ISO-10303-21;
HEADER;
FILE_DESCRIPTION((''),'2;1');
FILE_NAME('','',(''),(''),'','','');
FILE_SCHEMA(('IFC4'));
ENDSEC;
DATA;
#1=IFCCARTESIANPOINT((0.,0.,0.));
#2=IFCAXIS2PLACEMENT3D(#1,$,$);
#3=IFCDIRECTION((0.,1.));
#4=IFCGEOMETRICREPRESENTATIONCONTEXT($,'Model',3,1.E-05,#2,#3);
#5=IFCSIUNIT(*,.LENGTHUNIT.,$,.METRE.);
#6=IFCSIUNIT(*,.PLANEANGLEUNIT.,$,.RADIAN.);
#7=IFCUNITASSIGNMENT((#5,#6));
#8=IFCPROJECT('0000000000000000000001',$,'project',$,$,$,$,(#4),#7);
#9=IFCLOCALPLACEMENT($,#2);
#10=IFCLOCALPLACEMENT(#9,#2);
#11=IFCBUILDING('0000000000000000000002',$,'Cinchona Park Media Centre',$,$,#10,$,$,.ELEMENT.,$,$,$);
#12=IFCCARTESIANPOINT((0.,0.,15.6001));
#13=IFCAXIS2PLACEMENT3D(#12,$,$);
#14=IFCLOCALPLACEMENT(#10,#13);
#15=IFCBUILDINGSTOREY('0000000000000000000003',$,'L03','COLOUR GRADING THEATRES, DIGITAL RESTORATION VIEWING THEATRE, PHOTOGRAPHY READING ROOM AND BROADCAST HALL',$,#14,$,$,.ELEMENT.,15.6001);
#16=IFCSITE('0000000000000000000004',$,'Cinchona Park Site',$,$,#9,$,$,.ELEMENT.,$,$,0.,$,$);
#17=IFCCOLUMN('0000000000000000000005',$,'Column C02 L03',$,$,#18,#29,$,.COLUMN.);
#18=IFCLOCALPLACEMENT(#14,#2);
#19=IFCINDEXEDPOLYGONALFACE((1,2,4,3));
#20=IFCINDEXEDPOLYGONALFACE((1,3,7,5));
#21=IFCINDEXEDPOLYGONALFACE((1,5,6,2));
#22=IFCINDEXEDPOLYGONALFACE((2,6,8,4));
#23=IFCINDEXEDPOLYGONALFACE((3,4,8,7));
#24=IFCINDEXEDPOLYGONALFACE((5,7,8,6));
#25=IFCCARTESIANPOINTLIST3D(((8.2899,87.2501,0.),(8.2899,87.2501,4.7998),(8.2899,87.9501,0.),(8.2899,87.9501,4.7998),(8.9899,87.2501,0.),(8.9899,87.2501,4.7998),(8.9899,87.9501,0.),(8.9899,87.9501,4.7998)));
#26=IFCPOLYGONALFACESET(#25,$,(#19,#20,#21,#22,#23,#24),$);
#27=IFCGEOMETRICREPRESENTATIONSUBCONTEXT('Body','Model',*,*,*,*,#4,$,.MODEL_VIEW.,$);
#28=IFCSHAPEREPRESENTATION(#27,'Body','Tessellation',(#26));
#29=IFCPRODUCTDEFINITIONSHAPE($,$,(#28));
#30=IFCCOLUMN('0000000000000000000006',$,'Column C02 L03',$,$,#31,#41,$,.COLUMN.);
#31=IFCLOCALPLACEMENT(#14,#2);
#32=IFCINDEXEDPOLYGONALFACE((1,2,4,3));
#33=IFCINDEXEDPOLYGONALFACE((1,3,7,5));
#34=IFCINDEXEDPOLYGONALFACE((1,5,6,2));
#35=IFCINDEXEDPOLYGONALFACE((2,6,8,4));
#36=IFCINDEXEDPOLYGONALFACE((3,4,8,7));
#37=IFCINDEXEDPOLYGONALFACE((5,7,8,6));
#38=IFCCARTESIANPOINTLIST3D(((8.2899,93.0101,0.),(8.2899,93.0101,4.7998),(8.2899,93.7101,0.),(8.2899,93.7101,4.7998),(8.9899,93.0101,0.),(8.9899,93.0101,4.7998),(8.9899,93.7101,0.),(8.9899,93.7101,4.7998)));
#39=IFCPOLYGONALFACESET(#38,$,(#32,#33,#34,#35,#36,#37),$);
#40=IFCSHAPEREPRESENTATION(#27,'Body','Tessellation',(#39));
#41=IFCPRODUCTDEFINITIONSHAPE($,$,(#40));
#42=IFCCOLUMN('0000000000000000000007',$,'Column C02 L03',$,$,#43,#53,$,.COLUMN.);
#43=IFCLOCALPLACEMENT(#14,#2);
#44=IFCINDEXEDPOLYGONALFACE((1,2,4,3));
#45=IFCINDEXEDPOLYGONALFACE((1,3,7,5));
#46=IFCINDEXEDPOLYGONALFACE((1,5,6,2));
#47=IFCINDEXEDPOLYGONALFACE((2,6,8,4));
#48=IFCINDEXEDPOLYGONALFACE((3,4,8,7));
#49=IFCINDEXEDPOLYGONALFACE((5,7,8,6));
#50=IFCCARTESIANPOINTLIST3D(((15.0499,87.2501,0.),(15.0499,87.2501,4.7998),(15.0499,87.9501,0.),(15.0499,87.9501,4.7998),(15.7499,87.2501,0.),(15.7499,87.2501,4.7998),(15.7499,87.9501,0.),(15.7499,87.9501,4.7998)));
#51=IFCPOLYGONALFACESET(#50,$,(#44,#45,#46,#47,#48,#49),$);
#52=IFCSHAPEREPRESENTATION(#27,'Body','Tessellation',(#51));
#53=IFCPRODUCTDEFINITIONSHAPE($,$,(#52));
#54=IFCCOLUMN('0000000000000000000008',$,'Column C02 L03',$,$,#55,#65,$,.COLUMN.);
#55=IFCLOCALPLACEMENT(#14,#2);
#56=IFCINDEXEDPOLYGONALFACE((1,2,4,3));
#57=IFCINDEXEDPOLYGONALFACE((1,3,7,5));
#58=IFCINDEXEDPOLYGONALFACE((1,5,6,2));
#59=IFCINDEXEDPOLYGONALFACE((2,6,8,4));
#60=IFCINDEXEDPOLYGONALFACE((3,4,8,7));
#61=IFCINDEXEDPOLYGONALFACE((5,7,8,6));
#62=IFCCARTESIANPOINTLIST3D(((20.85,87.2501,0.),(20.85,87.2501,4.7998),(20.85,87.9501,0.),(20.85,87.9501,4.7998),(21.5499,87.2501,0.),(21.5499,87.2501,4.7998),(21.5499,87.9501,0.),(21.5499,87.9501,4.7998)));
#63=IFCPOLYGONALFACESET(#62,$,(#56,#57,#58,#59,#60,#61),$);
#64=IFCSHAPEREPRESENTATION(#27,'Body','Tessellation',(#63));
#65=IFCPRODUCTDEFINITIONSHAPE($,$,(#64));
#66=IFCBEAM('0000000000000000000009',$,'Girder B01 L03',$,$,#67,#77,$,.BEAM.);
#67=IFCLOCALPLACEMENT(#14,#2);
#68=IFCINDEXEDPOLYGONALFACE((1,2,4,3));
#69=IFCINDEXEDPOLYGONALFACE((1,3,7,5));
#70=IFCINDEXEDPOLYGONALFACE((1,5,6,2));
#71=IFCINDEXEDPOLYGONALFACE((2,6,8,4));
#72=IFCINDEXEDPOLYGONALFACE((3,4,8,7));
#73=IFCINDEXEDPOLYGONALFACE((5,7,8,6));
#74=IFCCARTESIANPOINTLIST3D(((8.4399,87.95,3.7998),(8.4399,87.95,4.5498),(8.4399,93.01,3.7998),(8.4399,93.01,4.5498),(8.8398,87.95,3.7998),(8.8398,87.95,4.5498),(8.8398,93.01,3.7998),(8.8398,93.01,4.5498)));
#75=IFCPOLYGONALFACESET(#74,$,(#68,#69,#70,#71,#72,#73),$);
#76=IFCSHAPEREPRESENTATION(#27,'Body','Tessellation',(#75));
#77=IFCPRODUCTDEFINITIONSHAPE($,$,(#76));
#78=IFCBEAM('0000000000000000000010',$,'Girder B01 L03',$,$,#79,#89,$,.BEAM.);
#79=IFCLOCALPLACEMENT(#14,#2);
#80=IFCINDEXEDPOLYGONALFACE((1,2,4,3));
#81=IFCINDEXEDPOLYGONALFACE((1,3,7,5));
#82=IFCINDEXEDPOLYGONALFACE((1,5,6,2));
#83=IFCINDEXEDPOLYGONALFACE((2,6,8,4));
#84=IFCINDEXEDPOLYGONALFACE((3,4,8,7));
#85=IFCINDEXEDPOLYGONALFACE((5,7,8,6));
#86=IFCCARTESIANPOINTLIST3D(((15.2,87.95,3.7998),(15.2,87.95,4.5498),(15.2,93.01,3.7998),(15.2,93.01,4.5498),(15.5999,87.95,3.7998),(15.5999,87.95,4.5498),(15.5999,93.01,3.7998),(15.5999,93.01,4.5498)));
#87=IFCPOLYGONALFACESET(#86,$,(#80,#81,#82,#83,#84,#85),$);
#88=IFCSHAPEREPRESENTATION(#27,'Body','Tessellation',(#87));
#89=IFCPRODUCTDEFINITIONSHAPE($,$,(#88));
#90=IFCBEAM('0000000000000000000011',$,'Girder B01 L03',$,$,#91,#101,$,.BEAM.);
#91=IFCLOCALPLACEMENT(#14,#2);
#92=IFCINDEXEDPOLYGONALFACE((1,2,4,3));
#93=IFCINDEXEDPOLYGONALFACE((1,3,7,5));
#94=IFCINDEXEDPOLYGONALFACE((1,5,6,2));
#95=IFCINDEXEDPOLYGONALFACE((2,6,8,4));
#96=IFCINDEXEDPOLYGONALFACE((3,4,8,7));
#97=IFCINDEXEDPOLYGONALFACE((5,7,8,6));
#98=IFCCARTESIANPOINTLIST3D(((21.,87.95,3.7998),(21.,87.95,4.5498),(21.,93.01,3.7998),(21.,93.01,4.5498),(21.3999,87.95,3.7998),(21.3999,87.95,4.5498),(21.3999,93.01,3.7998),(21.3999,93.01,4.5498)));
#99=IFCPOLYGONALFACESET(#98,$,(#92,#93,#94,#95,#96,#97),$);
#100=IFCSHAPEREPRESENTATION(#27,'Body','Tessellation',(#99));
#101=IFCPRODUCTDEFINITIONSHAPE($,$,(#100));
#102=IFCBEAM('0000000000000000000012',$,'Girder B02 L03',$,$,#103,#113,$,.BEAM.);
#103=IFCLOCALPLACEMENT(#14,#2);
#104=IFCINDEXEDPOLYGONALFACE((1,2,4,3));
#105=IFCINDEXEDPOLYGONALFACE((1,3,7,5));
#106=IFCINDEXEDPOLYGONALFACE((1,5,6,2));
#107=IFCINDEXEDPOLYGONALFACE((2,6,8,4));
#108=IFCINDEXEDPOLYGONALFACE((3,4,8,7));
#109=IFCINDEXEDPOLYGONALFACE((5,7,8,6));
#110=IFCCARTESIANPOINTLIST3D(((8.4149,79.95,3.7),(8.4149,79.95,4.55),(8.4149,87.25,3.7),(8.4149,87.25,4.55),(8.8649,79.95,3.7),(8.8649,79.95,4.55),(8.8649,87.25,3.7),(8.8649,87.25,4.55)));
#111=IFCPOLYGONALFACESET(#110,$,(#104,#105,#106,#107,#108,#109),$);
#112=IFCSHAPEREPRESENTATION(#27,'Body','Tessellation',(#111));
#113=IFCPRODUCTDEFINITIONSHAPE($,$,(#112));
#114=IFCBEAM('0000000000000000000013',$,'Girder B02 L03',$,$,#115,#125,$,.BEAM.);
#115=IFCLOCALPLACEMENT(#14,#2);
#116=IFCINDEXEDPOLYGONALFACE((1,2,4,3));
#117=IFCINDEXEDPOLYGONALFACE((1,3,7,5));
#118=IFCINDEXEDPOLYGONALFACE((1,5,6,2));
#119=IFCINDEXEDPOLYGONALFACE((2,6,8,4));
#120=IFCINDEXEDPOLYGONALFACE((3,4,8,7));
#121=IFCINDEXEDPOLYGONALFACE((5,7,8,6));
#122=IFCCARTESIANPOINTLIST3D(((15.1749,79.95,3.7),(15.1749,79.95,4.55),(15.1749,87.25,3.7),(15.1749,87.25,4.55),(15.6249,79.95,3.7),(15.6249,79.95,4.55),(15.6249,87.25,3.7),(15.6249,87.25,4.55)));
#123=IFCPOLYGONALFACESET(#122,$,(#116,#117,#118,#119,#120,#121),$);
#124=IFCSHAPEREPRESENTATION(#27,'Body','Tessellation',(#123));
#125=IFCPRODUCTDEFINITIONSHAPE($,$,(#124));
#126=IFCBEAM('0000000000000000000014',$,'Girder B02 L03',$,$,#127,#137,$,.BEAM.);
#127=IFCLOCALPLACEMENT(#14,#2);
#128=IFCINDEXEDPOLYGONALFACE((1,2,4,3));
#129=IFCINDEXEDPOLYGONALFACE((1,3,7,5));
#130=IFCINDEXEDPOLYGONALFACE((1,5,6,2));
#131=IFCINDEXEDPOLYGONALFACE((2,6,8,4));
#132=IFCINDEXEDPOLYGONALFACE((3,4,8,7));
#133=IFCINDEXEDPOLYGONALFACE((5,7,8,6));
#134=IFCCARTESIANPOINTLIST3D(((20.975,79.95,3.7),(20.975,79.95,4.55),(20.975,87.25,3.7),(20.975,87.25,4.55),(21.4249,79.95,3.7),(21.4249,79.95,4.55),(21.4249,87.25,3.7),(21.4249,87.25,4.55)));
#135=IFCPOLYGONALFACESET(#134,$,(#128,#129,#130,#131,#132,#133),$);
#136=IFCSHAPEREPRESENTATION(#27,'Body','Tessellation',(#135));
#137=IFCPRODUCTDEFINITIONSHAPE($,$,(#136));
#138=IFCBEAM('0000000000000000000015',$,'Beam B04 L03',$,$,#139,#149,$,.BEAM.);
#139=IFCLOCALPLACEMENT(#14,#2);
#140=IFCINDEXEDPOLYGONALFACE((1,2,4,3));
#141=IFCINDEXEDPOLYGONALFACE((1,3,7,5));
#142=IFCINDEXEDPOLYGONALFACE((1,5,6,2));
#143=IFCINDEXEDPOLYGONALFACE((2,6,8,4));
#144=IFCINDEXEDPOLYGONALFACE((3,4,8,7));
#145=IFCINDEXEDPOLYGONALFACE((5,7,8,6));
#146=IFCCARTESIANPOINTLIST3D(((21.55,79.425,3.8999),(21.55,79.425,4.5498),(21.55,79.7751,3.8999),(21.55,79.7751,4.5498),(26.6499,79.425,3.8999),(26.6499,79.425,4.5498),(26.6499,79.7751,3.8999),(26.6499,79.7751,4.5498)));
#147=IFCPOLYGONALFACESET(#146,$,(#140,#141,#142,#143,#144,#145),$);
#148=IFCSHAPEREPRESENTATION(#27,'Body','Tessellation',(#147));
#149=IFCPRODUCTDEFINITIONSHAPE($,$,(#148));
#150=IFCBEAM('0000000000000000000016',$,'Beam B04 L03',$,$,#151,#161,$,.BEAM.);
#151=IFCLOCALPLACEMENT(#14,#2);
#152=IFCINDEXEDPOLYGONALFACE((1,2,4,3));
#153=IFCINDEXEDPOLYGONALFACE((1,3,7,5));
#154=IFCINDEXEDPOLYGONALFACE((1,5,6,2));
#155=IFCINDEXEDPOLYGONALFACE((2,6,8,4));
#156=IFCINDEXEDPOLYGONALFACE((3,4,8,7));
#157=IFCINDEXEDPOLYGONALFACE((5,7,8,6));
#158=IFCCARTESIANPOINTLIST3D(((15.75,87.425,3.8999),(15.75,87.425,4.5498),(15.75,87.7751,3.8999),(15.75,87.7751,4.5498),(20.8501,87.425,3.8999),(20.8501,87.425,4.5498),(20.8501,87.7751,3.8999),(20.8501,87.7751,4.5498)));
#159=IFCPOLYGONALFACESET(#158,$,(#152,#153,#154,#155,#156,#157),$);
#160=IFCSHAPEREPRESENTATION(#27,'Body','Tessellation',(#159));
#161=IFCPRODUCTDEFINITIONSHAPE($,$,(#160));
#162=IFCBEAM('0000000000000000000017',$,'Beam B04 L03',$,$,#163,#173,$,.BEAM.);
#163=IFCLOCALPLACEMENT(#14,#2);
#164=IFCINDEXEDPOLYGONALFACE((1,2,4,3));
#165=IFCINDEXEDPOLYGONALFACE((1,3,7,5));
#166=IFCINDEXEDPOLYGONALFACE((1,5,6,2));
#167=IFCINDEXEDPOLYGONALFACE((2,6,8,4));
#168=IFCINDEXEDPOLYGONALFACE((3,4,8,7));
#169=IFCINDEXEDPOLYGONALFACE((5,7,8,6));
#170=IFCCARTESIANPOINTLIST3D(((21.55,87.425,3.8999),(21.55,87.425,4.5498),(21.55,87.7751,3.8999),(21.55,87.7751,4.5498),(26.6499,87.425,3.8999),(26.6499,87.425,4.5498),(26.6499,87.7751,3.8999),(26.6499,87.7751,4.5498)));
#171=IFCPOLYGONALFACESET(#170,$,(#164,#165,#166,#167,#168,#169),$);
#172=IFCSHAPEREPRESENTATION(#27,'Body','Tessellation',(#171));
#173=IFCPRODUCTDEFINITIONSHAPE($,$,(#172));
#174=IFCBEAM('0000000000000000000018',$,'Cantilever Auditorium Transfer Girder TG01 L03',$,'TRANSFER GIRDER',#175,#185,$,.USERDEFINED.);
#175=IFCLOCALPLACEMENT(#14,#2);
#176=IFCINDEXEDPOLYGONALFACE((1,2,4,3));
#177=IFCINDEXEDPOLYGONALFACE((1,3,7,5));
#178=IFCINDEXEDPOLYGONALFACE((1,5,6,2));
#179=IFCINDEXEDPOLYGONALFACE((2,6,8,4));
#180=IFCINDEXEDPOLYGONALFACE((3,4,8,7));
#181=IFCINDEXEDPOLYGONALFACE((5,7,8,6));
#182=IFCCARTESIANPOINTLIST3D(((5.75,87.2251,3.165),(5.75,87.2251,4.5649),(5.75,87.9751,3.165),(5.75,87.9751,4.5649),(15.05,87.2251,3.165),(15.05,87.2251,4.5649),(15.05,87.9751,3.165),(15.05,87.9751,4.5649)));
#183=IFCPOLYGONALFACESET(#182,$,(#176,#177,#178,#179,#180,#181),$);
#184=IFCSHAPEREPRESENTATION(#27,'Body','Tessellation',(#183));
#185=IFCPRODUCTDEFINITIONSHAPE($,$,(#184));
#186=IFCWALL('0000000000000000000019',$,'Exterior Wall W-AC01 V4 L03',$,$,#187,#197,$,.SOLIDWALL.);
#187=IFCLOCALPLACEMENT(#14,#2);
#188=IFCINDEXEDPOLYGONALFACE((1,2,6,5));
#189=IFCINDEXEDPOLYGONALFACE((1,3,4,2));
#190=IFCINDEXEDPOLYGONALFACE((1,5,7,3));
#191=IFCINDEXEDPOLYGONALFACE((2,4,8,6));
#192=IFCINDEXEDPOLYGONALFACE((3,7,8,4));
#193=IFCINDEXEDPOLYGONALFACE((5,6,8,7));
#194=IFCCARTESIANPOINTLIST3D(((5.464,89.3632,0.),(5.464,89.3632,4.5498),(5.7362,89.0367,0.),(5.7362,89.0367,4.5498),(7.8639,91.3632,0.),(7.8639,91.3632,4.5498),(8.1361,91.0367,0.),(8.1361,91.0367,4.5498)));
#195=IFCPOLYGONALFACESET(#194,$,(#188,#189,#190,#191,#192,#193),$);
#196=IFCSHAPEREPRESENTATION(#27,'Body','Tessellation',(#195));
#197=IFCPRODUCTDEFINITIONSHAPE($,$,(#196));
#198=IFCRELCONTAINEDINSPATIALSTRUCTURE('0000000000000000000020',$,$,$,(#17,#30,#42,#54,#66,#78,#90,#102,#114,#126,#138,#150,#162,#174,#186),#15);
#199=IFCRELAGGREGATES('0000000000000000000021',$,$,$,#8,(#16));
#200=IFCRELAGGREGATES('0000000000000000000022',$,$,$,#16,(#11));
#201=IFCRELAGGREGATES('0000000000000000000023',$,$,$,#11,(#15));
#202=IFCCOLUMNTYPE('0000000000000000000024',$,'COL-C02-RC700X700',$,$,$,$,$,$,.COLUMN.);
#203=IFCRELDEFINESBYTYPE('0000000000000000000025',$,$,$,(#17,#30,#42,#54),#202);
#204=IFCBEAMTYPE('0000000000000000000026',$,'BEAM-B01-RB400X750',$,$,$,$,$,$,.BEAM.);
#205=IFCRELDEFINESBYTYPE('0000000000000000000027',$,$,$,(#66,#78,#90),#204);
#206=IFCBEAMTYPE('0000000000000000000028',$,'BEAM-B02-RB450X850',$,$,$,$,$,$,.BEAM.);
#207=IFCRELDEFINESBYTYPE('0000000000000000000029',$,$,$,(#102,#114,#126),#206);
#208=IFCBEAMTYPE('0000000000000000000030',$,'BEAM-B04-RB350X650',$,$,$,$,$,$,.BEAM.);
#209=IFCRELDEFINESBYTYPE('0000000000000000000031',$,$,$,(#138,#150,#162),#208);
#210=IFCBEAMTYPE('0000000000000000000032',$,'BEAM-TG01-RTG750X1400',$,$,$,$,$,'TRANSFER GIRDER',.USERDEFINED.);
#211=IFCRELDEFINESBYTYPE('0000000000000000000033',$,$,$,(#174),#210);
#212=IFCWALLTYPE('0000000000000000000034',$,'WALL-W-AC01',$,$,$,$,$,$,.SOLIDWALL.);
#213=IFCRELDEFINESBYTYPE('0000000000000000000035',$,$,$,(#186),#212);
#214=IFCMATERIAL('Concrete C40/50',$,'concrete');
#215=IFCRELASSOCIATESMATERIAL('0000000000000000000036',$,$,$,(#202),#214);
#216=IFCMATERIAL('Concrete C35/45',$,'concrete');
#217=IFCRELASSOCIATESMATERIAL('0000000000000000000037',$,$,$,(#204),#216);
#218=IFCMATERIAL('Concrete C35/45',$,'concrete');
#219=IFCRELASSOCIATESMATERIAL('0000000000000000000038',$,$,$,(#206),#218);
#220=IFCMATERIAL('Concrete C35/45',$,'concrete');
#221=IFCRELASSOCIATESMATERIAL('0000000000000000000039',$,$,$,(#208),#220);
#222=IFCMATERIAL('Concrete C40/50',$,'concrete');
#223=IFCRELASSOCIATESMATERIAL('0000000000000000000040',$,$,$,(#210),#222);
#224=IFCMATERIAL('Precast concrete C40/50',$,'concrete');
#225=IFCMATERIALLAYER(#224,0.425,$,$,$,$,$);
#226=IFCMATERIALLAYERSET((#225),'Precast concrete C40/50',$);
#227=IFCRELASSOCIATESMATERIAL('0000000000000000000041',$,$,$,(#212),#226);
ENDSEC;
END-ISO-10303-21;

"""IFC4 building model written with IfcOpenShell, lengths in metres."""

from ifc_helpers import new_model, si_unit, direction, frame, frame_2d, origin, origin_2d, place, context, subcontext, project, spatial, rectangle, extrude, material, layer, layer_set, material_profile, profile_set, type_object, element, save


model = new_model("IFC4")

# Units and contexts
model_context = context("Model", 3, precision=1e-05, world=origin(), true_north=direction((0.0, 1.0)))
body_context = subcontext(model_context, "Body", "Model", "MODEL_VIEW")
ifc_project = project(units=[si_unit("LENGTHUNIT", "METRE"), si_unit("PLANEANGLEUNIT", "RADIAN")], contexts=[model_context])

# Site, building, storey
site_placement = place(None, origin())
site = spatial("IfcSite", under=ifc_project, at=site_placement, Name="Cinchona Park Site", CompositionType="ELEMENT", RefElevation=0.0)
building_placement = place(site_placement, origin())
building = spatial("IfcBuilding", under=site, at=building_placement, Name="Cinchona Park Media Centre", CompositionType="ELEMENT")
storey_placement = place(building_placement, frame((0.0, 0.0, 15.6001)))
storey = spatial("IfcBuildingStorey", under=building, at=storey_placement, Name="L03", Description="COLOUR GRADING THEATRES, DIGITAL RESTORATION VIEWING THEATRE, PHOTOGRAPHY READING ROOM AND BROADCAST HALL", CompositionType="ELEMENT", Elevation=15.6001)

# Columns
ifc_material_1 = material(Name="Concrete C40/50", Category="concrete")
ifc_material_profile_1 = material_profile(ifc_material_1, rectangle(XDim=0.7, YDim=0.7, at=origin_2d()), Name="RC 700X700")
ifc_profile_set_1 = profile_set([ifc_material_profile_1], Name="Concrete C40/50")
column_type = type_object("IfcColumnType", Name="COL-C02-RC700X700", PredefinedType="COLUMN", material=ifc_profile_set_1)
for number, where, z_axis, x_axis, name in (
    (1, (8.6399, 87.6001, 0.0), (0.0, 0.0, 1.0), (1.0, 0.0, 0.0), "Column C02 L03"),
    (2, (8.6399, 93.3601, 0.0), (0.0, 0.0, 1.0), (1.0, 0.0, 0.0), "Column C02 L03"),
    (3, (15.3999, 87.6001, 0.0), (0.0, 0.0, 1.0), (1.0, 0.0, 0.0), "Column C02 L03"),
    (4, (21.2, 87.6001, 0.0), (0.0, 0.0, 1.0), (1.0, 0.0, 0.0), "Column C02 L03"),
):
    element("IfcColumn", number, at=place(storey_placement, frame(where, z_axis=z_axis, x_axis=x_axis)), inside=storey, type_object=column_type, Name=name, PredefinedType="COLUMN", context=body_context, shape_type="SweptSolid", body=[
        extrude(rectangle(XDim=0.7, YDim=0.7, at=origin_2d()), origin(), (0.0, 0.0, 1.0), 4.7998),
    ])

# Beams
ifc_material_2 = material(Name="Concrete C35/45", Category="concrete")
ifc_material_profile_2 = material_profile(ifc_material_2, rectangle(XDim=0.3999, YDim=0.75, at=origin_2d()), Name="RB 400X750")
ifc_profile_set_2 = profile_set([ifc_material_profile_2], Name="Concrete C35/45")
beam_type_1 = type_object("IfcBeamType", Name="BEAM-B01-RB400X750", PredefinedType="BEAM", material=ifc_profile_set_2)
for number, where, z_axis, x_axis, name in (
    (5, (8.6399, 87.95, 4.1748), (0.0, 1.0, 0.0), (-1.0, 0.0, 0.0), "Girder B01 L03"),
    (6, (15.3999, 87.95, 4.1748), (0.0, 1.0, 0.0), (-1.0, 0.0, 0.0), "Girder B01 L03"),
    (7, (21.2, 87.95, 4.1748), (0.0, 1.0, 0.0), (-1.0, 0.0, 0.0), "Girder B01 L03"),
):
    element("IfcBeam", number, at=place(storey_placement, frame(where, z_axis=z_axis, x_axis=x_axis)), inside=storey, type_object=beam_type_1, Name=name, PredefinedType="BEAM", context=body_context, shape_type="SweptSolid", body=[
        extrude(rectangle(XDim=0.3999, YDim=0.75, at=origin_2d()), origin(), (0.0, 0.0, 1.0), 5.0601),
    ])
ifc_material_3 = material(Name="Concrete C35/45", Category="concrete")
ifc_material_profile_3 = material_profile(ifc_material_3, rectangle(XDim=0.45, YDim=0.8501, at=origin_2d()), Name="RB 450X850")
ifc_profile_set_3 = profile_set([ifc_material_profile_3], Name="Concrete C35/45")
beam_type_2 = type_object("IfcBeamType", Name="BEAM-B02-RB450X850", PredefinedType="BEAM", material=ifc_profile_set_3)
for number, where, z_axis, x_axis, name in (
    (8, (8.6399, 79.95, 4.125), (0.0, 1.0, 0.0), (-1.0, 0.0, 0.0), "Girder B02 L03"),
    (9, (15.3999, 79.95, 4.125), (0.0, 1.0, 0.0), (-1.0, 0.0, 0.0), "Girder B02 L03"),
    (10, (21.2, 79.95, 4.125), (0.0, 1.0, 0.0), (-1.0, 0.0, 0.0), "Girder B02 L03"),
):
    element("IfcBeam", number, at=place(storey_placement, frame(where, z_axis=z_axis, x_axis=x_axis)), inside=storey, type_object=beam_type_2, Name=name, PredefinedType="BEAM", context=body_context, shape_type="SweptSolid", body=[
        extrude(rectangle(XDim=0.45, YDim=0.8501, at=origin_2d()), origin(), (0.0, 0.0, 1.0), 7.3),
    ])
ifc_material_4 = material(Name="Concrete C35/45", Category="concrete")
ifc_material_profile_4 = material_profile(ifc_material_4, rectangle(XDim=0.3501, YDim=0.6499, at=origin_2d()), Name="RB 350X650")
ifc_profile_set_4 = profile_set([ifc_material_profile_4], Name="Concrete C35/45")
beam_type_3 = type_object("IfcBeamType", Name="BEAM-B04-RB350X650", PredefinedType="BEAM", material=ifc_profile_set_4)
beam_1_placement = place(storey_placement, frame((21.55, 79.6001, 4.2249), z_axis=(1.0, 0.0, 0.0), x_axis=(0.0, 1.0, 0.0)))
element("IfcBeam", 11, at=beam_1_placement, inside=storey, type_object=beam_type_3, Name="Beam B04 L03", PredefinedType="BEAM", context=body_context, shape_type="SweptSolid", body=[
    extrude(rectangle(XDim=0.3501, YDim=0.6499, at=origin_2d()), origin(), (0.0, 0.0, 1.0), 5.0999),
])
beam_2_placement = place(storey_placement, frame((15.75, 87.6001, 4.2249), z_axis=(1.0, 0.0, 0.0), x_axis=(0.0, 1.0, 0.0)))
element("IfcBeam", 12, at=beam_2_placement, inside=storey, type_object=beam_type_3, Name="Beam B04 L03", PredefinedType="BEAM", context=body_context, shape_type="SweptSolid", body=[
    extrude(rectangle(XDim=0.3501, YDim=0.6499, at=origin_2d()), origin(), (0.0, 0.0, 1.0), 5.1001),
])
beam_3_placement = place(storey_placement, frame((21.55, 87.6001, 4.2249), z_axis=(1.0, 0.0, 0.0), x_axis=(0.0, 1.0, 0.0)))
element("IfcBeam", 13, at=beam_3_placement, inside=storey, type_object=beam_type_3, Name="Beam B04 L03", PredefinedType="BEAM", context=body_context, shape_type="SweptSolid", body=[
    extrude(rectangle(XDim=0.3501, YDim=0.6499, at=origin_2d()), origin(), (0.0, 0.0, 1.0), 5.0999),
])
ifc_material_5 = material(Name="Concrete C40/50", Category="concrete")
ifc_material_profile_5 = material_profile(ifc_material_5, rectangle(XDim=0.75, YDim=1.3999, at=origin_2d()), Name="RTG 750X1400")
ifc_profile_set_5 = profile_set([ifc_material_profile_5], Name="Concrete C40/50")
beam_type_4 = type_object("IfcBeamType", Name="BEAM-TG01-RTG750X1400", ElementType="TRANSFER GIRDER", PredefinedType="USERDEFINED", material=ifc_profile_set_5)
beam_4_placement = place(storey_placement, frame((5.75, 87.6001, 3.865), z_axis=(1.0, 0.0, 0.0), x_axis=(0.0, 1.0, 0.0)))
element("IfcBeam", 14, at=beam_4_placement, inside=storey, type_object=beam_type_4, Name="Cantilever Auditorium Transfer Girder TG01 L03", ObjectType="TRANSFER GIRDER", PredefinedType="USERDEFINED", context=body_context, shape_type="SweptSolid", body=[
    extrude(rectangle(XDim=0.75, YDim=1.3999, at=origin_2d()), origin(), (0.0, 0.0, 1.0), 9.3),
])

# Wall
ifc_material_6 = material(Name="Precast concrete C40/50", Category="concrete")
ifc_layer_1 = layer(ifc_material_6, 0.425)
ifc_layer_set_1 = layer_set([ifc_layer_1], Name="Precast concrete C40/50")
wall_type_1 = type_object("IfcWallType", Name="WALL-W-AC01", PredefinedType="SOLIDWALL", material=ifc_layer_set_1)
wall_1_placement = place(storey_placement, frame((5.6001, 89.2, 0.0), z_axis=(0.0, 0.0, 1.0), x_axis=(0.768208, 0.6402, 0.0)))
element("IfcWall", 15, at=wall_1_placement, inside=storey, type_object=wall_type_1, Name="Exterior Wall W-AC01 V4 L03", PredefinedType="SOLIDWALL", context=body_context, shape_type="SweptSolid", body=[
    extrude(rectangle(XDim=3.124, YDim=0.425, at=frame_2d((1.562, 0.0))), origin(), (0.0, 0.0, 1.0), 4.5498),
])

save(model, "model.ifc")
